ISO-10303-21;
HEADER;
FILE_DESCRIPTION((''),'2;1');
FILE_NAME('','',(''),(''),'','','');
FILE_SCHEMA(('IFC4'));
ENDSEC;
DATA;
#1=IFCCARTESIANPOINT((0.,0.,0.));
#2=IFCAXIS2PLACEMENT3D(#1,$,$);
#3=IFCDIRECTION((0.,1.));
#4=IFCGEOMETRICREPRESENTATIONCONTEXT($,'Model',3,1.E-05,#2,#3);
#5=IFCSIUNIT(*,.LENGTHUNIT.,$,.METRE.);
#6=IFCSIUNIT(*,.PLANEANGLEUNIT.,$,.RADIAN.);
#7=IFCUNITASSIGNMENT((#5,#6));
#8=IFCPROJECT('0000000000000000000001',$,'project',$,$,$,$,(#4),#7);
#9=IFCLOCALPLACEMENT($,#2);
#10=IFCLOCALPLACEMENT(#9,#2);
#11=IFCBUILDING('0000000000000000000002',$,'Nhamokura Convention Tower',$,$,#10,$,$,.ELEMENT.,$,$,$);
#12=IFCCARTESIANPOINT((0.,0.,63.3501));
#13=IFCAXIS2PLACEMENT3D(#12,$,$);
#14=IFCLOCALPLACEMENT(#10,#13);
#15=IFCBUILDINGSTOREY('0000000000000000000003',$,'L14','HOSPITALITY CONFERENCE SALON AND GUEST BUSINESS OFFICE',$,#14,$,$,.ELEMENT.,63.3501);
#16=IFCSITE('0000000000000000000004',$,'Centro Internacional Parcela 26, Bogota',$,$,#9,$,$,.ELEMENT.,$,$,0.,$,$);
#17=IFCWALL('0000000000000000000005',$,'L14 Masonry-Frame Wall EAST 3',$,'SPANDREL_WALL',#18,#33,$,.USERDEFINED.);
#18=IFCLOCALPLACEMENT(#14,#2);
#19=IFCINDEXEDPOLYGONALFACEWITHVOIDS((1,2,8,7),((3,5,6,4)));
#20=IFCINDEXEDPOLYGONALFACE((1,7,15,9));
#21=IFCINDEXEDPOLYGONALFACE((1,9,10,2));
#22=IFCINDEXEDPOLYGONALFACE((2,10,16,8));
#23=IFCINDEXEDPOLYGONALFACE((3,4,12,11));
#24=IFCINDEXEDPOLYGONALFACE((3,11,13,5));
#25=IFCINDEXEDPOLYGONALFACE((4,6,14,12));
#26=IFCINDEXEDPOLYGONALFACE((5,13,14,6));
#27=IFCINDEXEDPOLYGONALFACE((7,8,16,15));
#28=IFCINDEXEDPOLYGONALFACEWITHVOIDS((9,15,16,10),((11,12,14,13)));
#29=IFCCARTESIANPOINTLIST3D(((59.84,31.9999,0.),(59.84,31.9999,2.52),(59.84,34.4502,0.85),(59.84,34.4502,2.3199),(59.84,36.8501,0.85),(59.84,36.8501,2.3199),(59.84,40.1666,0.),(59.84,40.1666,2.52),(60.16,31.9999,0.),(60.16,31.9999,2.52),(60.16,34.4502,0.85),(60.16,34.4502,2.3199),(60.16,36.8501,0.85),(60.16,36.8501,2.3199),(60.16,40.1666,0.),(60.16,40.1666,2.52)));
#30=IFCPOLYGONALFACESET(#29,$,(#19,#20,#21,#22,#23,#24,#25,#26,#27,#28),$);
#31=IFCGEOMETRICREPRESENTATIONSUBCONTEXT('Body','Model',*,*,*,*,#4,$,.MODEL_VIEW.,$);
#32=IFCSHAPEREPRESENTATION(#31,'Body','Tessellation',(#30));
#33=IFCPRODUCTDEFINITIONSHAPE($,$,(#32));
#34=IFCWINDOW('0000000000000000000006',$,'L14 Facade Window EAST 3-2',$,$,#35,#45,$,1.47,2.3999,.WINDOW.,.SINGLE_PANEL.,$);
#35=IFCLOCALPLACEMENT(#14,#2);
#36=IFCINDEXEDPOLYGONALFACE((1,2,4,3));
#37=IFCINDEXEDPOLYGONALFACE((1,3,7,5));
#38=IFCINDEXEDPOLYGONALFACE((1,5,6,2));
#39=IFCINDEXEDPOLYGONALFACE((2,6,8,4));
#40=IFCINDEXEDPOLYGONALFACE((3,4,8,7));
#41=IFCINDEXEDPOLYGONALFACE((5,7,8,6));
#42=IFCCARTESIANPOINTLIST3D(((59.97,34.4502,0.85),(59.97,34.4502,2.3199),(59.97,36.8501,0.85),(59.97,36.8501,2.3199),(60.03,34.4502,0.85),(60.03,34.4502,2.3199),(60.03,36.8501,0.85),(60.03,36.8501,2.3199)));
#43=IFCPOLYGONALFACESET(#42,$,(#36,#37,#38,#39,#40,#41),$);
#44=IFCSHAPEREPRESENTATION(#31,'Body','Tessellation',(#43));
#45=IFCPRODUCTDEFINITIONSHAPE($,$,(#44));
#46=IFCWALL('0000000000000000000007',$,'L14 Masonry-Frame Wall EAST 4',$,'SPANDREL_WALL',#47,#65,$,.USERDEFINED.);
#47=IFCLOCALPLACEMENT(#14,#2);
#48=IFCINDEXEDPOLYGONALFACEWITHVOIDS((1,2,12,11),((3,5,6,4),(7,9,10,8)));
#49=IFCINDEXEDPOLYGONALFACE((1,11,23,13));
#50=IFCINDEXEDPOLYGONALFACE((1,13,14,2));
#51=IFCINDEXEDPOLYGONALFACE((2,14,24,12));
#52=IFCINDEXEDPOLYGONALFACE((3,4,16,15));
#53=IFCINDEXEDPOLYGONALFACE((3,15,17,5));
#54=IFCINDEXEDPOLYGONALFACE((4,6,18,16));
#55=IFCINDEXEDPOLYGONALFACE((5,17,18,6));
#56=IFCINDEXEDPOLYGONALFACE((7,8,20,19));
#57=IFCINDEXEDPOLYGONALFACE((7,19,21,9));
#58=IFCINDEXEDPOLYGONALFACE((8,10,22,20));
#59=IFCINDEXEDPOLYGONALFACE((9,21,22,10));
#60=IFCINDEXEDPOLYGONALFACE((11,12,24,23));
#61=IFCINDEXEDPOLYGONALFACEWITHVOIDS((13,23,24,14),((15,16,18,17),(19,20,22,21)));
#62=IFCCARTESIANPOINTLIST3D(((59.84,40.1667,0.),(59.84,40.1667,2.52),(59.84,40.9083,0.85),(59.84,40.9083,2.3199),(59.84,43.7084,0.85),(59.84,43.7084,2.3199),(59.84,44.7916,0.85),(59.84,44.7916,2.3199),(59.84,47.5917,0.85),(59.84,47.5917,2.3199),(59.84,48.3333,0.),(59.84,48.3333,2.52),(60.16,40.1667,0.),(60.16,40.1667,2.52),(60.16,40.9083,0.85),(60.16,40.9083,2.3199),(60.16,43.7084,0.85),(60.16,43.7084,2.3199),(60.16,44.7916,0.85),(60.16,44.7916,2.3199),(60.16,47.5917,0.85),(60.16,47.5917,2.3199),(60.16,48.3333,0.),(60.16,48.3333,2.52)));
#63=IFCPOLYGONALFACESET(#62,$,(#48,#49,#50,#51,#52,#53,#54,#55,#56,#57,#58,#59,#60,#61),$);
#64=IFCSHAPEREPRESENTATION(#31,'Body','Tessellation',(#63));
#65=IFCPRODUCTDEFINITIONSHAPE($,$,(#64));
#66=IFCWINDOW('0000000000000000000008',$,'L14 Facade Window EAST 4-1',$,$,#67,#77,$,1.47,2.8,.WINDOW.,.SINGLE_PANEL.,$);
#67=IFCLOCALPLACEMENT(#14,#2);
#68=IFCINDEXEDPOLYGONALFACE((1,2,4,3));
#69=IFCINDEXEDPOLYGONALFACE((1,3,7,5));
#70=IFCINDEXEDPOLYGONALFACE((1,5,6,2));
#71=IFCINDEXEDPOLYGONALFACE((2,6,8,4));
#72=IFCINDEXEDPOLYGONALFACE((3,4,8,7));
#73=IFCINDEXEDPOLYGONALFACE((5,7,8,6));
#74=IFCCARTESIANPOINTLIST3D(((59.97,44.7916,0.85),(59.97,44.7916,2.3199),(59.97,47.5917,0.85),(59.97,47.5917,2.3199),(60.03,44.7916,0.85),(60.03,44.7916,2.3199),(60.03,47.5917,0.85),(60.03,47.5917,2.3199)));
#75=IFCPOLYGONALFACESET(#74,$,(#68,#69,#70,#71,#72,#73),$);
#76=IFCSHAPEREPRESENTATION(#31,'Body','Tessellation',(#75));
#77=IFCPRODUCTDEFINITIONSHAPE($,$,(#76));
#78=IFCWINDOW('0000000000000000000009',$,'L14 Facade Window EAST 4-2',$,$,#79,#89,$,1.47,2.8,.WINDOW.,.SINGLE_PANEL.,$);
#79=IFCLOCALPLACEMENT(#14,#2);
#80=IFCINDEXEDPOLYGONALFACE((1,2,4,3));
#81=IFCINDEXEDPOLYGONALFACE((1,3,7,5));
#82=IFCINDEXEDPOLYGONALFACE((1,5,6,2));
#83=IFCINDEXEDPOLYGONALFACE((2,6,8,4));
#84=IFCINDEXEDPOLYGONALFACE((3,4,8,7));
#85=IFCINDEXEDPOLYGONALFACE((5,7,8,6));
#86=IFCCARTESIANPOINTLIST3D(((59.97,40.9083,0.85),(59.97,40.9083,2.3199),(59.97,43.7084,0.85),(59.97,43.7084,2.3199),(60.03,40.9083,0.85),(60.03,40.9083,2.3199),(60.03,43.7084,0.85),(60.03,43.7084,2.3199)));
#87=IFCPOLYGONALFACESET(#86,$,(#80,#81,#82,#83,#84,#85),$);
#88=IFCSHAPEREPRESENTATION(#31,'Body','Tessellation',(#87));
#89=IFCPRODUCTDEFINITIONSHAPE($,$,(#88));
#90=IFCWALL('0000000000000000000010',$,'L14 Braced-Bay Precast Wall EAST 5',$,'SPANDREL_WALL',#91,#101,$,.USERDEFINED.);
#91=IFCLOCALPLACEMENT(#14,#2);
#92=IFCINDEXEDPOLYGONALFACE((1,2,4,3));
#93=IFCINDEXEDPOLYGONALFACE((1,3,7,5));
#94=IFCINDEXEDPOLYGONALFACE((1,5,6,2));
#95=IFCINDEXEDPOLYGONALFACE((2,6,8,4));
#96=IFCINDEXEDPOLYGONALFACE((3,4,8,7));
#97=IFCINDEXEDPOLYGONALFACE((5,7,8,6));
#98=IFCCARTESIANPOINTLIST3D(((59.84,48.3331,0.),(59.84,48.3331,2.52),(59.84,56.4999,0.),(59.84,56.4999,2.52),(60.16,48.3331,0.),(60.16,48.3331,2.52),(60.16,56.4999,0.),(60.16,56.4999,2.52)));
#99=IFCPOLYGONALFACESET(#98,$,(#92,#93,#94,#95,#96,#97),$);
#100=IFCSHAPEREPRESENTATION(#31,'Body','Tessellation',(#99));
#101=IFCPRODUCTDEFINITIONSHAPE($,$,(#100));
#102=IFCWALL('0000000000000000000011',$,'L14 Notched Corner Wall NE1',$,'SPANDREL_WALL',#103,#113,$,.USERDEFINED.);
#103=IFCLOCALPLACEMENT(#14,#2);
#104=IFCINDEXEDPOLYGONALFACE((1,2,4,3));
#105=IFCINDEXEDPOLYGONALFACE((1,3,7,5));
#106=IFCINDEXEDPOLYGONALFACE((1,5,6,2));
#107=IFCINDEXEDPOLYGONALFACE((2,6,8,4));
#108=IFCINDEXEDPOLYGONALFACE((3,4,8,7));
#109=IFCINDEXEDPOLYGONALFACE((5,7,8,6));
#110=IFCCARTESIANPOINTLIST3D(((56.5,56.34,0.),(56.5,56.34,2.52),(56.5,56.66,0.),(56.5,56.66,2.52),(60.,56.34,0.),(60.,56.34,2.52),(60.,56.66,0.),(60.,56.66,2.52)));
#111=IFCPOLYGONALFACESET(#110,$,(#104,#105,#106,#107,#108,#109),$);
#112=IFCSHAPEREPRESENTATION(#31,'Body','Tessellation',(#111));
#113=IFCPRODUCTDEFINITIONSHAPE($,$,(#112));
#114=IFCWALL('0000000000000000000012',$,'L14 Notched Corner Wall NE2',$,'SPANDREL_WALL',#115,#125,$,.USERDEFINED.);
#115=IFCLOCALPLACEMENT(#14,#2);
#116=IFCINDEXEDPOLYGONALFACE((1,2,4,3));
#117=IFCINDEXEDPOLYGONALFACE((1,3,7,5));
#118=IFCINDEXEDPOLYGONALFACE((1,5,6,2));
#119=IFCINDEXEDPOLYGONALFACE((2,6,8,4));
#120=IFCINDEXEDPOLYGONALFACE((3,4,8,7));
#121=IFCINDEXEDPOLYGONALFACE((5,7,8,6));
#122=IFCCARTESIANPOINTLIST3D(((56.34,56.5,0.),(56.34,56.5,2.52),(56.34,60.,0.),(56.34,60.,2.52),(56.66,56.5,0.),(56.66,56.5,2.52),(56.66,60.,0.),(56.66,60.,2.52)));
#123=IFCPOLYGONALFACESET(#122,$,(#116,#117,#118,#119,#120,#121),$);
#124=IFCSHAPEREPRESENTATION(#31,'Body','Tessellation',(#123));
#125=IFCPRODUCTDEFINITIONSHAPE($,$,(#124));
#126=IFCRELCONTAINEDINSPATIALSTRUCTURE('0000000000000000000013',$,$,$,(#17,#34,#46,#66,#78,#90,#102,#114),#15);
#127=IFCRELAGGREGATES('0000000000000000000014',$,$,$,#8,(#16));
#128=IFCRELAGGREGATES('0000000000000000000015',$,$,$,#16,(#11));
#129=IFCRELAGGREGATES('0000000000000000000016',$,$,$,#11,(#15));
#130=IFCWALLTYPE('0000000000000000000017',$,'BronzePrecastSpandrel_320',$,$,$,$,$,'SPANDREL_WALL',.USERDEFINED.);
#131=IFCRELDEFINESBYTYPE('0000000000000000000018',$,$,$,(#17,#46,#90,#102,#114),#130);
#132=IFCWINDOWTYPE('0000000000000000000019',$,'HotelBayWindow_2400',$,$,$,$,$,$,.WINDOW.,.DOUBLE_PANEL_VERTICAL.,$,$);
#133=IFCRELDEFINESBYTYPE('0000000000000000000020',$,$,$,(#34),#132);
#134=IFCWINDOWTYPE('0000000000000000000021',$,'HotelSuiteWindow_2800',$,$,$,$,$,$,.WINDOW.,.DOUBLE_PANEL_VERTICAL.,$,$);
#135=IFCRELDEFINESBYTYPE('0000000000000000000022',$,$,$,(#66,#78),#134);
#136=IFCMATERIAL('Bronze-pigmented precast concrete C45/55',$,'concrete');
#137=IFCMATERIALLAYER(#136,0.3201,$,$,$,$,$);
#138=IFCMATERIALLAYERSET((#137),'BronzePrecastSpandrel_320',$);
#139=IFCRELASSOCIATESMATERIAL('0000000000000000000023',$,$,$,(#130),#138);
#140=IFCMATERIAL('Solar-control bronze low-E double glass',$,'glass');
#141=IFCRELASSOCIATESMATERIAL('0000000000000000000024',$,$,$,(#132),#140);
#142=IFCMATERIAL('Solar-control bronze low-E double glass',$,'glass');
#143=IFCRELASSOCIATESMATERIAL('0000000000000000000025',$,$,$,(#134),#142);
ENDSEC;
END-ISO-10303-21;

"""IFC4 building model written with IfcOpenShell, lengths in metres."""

from ifc_helpers import new_model, si_unit, direction, frame, frame_2d, origin, place, context, subcontext, project, spatial, rectangle, extrude, material, layer, layer_set, type_object, element, fill, save


model = new_model("IFC4")

# Units and contexts
model_context = context("Model", 3, precision=1e-05, world=origin(), true_north=direction((0.0, 1.0)))
body_context = subcontext(model_context, "Body", "Model", "MODEL_VIEW")
ifc_project = project(units=[si_unit("LENGTHUNIT", "METRE"), si_unit("PLANEANGLEUNIT", "RADIAN")], contexts=[model_context])

# Site, building, storey
site_placement = place(None, origin())
site = spatial("IfcSite", under=ifc_project, at=site_placement, Name="Centro Internacional Parcela 26, Bogota", CompositionType="ELEMENT", RefElevation=0.0)
building_placement = place(site_placement, origin())
building = spatial("IfcBuilding", under=site, at=building_placement, Name="Nhamokura Convention Tower", CompositionType="ELEMENT")
storey_placement = place(building_placement, frame((0.0, 0.0, 63.3501)))
storey = spatial("IfcBuildingStorey", under=building, at=storey_placement, Name="L14", Description="HOSPITALITY CONFERENCE SALON AND GUEST BUSINESS OFFICE", CompositionType="ELEMENT", Elevation=63.3501)

# Shared definitions
ifc_material_1 = material(Name="Bronze-pigmented precast concrete C45/55", Category="concrete")
ifc_layer = layer(ifc_material_1, 0.3201)
ifc_layer_set = layer_set([ifc_layer], Name="BronzePrecastSpandrel_320")
wall_type = type_object("IfcWallType", Name="BronzePrecastSpandrel_320", ElementType="SPANDREL_WALL", PredefinedType="USERDEFINED", material=ifc_layer_set)

# Wall, opening, window
wall_1_placement = place(storey_placement, frame((60.0, 40.1667, 0.0), z_axis=(0.0, 0.0, 1.0), x_axis=(0.0, -1.0, 0.0)))
wall_1 = element("IfcWall", 1, at=wall_1_placement, inside=storey, type_object=wall_type, Name="L14 Masonry-Frame Wall EAST 3", ObjectType="SPANDREL_WALL", PredefinedType="USERDEFINED", context=body_context, shape_type="SweptSolid", body=[
    extrude(rectangle(XDim=8.1667, YDim=0.3201, at=frame_2d((4.0835, 0.0))), origin(), (0.0, 0.0, 1.0), 2.52),
])
opening_1_placement = place(wall_1_placement, frame((3.3167, 0.0, 0.8501)))
opening_1 = element("IfcOpeningElement", 2, at=opening_1_placement, cuts=wall_1, PredefinedType="OPENING", context=body_context, shape_type="SweptSolid", body=[
    extrude(rectangle(XDim=2.3999, YDim=1.47, at=frame_2d((1.2, 0.7349))), frame((0.0, 0.1699, 0.0), z_axis=(0.0, -1.0, 0.0), x_axis=(1.0, 0.0, 0.0)), (0.0, 0.0, 1.0), 0.3401),
])
ifc_material_2 = material(Name="Solar-control bronze low-E double glass", Category="glass")
window_type_1 = type_object("IfcWindowType", Name="HotelBayWindow_2400", PartitioningType="DOUBLE_PANEL_VERTICAL", PredefinedType="WINDOW", material=ifc_material_2)
window_1_placement = place(opening_1_placement, origin())
window_1 = element("IfcWindow", 3, at=window_1_placement, inside=storey, type_object=window_type_1, Name="L14 Facade Window EAST 3-2", OverallHeight=1.47, OverallWidth=2.3999, PartitioningType="SINGLE_PANEL", PredefinedType="WINDOW", context=body_context, shape_type="SweptSolid", body=[
    extrude(rectangle(XDim=2.3999, YDim=1.47, at=frame_2d((1.2, 0.7349))), frame((0.0, 0.03, 0.0), z_axis=(0.0, -1.0, 0.0), x_axis=(1.0, 0.0, 0.0)), (0.0, 0.0, 1.0), 0.0601),
])
fill(opening_1, window_1)

# Wall, openings, windows
wall_2_placement = place(storey_placement, frame((60.0, 48.3333, 0.0), z_axis=(0.0, 0.0, 1.0), x_axis=(0.0, -1.0, 0.0)))
wall_2 = element("IfcWall", 4, at=wall_2_placement, inside=storey, type_object=wall_type, Name="L14 Masonry-Frame Wall EAST 4", ObjectType="SPANDREL_WALL", PredefinedType="USERDEFINED", context=body_context, shape_type="SweptSolid", body=[
    extrude(rectangle(XDim=8.1665, YDim=0.3201, at=frame_2d((4.0833, 0.0))), origin(), (0.0, 0.0, 1.0), 2.52),
])
opening_2_placement = place(wall_2_placement, frame((0.7417, 0.0, 0.8501)))
opening_2 = element("IfcOpeningElement", 5, at=opening_2_placement, cuts=wall_2, PredefinedType="OPENING", context=body_context, shape_type="SweptSolid", body=[
    extrude(rectangle(XDim=2.8, YDim=1.47, at=frame_2d((1.3999, 0.7349))), frame((0.0, 0.1699, 0.0), z_axis=(0.0, -1.0, 0.0), x_axis=(1.0, 0.0, 0.0)), (0.0, 0.0, 1.0), 0.3401),
])
opening_3_placement = place(wall_2_placement, frame((4.625, 0.0, 0.8501)))
opening_3 = element("IfcOpeningElement", 6, at=opening_3_placement, cuts=wall_2, PredefinedType="OPENING", context=body_context, shape_type="SweptSolid", body=[
    extrude(rectangle(XDim=2.8, YDim=1.47, at=frame_2d((1.3999, 0.7349))), frame((0.0, 0.1699, 0.0), z_axis=(0.0, -1.0, 0.0), x_axis=(1.0, 0.0, 0.0)), (0.0, 0.0, 1.0), 0.3401),
])
ifc_material_3 = material(Name="Solar-control bronze low-E double glass", Category="glass")
window_type_2 = type_object("IfcWindowType", Name="HotelSuiteWindow_2800", PartitioningType="DOUBLE_PANEL_VERTICAL", PredefinedType="WINDOW", material=ifc_material_3)
window_2_placement = place(opening_2_placement, origin())
window_2 = element("IfcWindow", 7, at=window_2_placement, inside=storey, type_object=window_type_2, Name="L14 Facade Window EAST 4-1", OverallHeight=1.47, OverallWidth=2.8, PartitioningType="SINGLE_PANEL", PredefinedType="WINDOW", context=body_context, shape_type="SweptSolid", body=[
    extrude(rectangle(XDim=2.8, YDim=1.47, at=frame_2d((1.3999, 0.7349))), frame((0.0, 0.03, 0.0), z_axis=(0.0, -1.0, 0.0), x_axis=(1.0, 0.0, 0.0)), (0.0, 0.0, 1.0), 0.0601),
])
fill(opening_2, window_2)
window_3_placement = place(opening_3_placement, origin())
window_3 = element("IfcWindow", 8, at=window_3_placement, inside=storey, type_object=window_type_2, Name="L14 Facade Window EAST 4-2", OverallHeight=1.47, OverallWidth=2.8, PartitioningType="SINGLE_PANEL", PredefinedType="WINDOW", context=body_context, shape_type="SweptSolid", body=[
    extrude(rectangle(XDim=2.8, YDim=1.47, at=frame_2d((1.3999, 0.7349))), frame((0.0, 0.03, 0.0), z_axis=(0.0, -1.0, 0.0), x_axis=(1.0, 0.0, 0.0)), (0.0, 0.0, 1.0), 0.0601),
])
fill(opening_3, window_3)

# Walls
wall_3_placement = place(storey_placement, frame((60.0, 56.5, 0.0), z_axis=(0.0, 0.0, 1.0), x_axis=(0.0, -1.0, 0.0)))
element("IfcWall", 9, at=wall_3_placement, inside=storey, type_object=wall_type, Name="L14 Braced-Bay Precast Wall EAST 5", ObjectType="SPANDREL_WALL", PredefinedType="USERDEFINED", context=body_context, shape_type="SweptSolid", body=[
    extrude(rectangle(XDim=8.1667, YDim=0.3201, at=frame_2d((4.0835, 0.0))), origin(), (0.0, 0.0, 1.0), 2.52),
])
for number, where, z_axis, x_axis, name in (
    (10, (56.5, 56.5, 0.0), (0.0, 0.0, 1.0), (1.0, 0.0, 0.0), "L14 Notched Corner Wall NE1"),
    (11, (56.5, 60.0, 0.0), (0.0, 0.0, 1.0), (0.0, -1.0, 0.0), "L14 Notched Corner Wall NE2"),
):
    element("IfcWall", number, at=place(storey_placement, frame(where, z_axis=z_axis, x_axis=x_axis)), inside=storey, type_object=wall_type, Name=name, ObjectType="SPANDREL_WALL", PredefinedType="USERDEFINED", context=body_context, shape_type="SweptSolid", body=[
        extrude(rectangle(XDim=3.5, YDim=0.3201, at=frame_2d((1.75, 0.0))), origin(), (0.0, 0.0, 1.0), 2.52),
    ])

save(model, "model.ifc")
